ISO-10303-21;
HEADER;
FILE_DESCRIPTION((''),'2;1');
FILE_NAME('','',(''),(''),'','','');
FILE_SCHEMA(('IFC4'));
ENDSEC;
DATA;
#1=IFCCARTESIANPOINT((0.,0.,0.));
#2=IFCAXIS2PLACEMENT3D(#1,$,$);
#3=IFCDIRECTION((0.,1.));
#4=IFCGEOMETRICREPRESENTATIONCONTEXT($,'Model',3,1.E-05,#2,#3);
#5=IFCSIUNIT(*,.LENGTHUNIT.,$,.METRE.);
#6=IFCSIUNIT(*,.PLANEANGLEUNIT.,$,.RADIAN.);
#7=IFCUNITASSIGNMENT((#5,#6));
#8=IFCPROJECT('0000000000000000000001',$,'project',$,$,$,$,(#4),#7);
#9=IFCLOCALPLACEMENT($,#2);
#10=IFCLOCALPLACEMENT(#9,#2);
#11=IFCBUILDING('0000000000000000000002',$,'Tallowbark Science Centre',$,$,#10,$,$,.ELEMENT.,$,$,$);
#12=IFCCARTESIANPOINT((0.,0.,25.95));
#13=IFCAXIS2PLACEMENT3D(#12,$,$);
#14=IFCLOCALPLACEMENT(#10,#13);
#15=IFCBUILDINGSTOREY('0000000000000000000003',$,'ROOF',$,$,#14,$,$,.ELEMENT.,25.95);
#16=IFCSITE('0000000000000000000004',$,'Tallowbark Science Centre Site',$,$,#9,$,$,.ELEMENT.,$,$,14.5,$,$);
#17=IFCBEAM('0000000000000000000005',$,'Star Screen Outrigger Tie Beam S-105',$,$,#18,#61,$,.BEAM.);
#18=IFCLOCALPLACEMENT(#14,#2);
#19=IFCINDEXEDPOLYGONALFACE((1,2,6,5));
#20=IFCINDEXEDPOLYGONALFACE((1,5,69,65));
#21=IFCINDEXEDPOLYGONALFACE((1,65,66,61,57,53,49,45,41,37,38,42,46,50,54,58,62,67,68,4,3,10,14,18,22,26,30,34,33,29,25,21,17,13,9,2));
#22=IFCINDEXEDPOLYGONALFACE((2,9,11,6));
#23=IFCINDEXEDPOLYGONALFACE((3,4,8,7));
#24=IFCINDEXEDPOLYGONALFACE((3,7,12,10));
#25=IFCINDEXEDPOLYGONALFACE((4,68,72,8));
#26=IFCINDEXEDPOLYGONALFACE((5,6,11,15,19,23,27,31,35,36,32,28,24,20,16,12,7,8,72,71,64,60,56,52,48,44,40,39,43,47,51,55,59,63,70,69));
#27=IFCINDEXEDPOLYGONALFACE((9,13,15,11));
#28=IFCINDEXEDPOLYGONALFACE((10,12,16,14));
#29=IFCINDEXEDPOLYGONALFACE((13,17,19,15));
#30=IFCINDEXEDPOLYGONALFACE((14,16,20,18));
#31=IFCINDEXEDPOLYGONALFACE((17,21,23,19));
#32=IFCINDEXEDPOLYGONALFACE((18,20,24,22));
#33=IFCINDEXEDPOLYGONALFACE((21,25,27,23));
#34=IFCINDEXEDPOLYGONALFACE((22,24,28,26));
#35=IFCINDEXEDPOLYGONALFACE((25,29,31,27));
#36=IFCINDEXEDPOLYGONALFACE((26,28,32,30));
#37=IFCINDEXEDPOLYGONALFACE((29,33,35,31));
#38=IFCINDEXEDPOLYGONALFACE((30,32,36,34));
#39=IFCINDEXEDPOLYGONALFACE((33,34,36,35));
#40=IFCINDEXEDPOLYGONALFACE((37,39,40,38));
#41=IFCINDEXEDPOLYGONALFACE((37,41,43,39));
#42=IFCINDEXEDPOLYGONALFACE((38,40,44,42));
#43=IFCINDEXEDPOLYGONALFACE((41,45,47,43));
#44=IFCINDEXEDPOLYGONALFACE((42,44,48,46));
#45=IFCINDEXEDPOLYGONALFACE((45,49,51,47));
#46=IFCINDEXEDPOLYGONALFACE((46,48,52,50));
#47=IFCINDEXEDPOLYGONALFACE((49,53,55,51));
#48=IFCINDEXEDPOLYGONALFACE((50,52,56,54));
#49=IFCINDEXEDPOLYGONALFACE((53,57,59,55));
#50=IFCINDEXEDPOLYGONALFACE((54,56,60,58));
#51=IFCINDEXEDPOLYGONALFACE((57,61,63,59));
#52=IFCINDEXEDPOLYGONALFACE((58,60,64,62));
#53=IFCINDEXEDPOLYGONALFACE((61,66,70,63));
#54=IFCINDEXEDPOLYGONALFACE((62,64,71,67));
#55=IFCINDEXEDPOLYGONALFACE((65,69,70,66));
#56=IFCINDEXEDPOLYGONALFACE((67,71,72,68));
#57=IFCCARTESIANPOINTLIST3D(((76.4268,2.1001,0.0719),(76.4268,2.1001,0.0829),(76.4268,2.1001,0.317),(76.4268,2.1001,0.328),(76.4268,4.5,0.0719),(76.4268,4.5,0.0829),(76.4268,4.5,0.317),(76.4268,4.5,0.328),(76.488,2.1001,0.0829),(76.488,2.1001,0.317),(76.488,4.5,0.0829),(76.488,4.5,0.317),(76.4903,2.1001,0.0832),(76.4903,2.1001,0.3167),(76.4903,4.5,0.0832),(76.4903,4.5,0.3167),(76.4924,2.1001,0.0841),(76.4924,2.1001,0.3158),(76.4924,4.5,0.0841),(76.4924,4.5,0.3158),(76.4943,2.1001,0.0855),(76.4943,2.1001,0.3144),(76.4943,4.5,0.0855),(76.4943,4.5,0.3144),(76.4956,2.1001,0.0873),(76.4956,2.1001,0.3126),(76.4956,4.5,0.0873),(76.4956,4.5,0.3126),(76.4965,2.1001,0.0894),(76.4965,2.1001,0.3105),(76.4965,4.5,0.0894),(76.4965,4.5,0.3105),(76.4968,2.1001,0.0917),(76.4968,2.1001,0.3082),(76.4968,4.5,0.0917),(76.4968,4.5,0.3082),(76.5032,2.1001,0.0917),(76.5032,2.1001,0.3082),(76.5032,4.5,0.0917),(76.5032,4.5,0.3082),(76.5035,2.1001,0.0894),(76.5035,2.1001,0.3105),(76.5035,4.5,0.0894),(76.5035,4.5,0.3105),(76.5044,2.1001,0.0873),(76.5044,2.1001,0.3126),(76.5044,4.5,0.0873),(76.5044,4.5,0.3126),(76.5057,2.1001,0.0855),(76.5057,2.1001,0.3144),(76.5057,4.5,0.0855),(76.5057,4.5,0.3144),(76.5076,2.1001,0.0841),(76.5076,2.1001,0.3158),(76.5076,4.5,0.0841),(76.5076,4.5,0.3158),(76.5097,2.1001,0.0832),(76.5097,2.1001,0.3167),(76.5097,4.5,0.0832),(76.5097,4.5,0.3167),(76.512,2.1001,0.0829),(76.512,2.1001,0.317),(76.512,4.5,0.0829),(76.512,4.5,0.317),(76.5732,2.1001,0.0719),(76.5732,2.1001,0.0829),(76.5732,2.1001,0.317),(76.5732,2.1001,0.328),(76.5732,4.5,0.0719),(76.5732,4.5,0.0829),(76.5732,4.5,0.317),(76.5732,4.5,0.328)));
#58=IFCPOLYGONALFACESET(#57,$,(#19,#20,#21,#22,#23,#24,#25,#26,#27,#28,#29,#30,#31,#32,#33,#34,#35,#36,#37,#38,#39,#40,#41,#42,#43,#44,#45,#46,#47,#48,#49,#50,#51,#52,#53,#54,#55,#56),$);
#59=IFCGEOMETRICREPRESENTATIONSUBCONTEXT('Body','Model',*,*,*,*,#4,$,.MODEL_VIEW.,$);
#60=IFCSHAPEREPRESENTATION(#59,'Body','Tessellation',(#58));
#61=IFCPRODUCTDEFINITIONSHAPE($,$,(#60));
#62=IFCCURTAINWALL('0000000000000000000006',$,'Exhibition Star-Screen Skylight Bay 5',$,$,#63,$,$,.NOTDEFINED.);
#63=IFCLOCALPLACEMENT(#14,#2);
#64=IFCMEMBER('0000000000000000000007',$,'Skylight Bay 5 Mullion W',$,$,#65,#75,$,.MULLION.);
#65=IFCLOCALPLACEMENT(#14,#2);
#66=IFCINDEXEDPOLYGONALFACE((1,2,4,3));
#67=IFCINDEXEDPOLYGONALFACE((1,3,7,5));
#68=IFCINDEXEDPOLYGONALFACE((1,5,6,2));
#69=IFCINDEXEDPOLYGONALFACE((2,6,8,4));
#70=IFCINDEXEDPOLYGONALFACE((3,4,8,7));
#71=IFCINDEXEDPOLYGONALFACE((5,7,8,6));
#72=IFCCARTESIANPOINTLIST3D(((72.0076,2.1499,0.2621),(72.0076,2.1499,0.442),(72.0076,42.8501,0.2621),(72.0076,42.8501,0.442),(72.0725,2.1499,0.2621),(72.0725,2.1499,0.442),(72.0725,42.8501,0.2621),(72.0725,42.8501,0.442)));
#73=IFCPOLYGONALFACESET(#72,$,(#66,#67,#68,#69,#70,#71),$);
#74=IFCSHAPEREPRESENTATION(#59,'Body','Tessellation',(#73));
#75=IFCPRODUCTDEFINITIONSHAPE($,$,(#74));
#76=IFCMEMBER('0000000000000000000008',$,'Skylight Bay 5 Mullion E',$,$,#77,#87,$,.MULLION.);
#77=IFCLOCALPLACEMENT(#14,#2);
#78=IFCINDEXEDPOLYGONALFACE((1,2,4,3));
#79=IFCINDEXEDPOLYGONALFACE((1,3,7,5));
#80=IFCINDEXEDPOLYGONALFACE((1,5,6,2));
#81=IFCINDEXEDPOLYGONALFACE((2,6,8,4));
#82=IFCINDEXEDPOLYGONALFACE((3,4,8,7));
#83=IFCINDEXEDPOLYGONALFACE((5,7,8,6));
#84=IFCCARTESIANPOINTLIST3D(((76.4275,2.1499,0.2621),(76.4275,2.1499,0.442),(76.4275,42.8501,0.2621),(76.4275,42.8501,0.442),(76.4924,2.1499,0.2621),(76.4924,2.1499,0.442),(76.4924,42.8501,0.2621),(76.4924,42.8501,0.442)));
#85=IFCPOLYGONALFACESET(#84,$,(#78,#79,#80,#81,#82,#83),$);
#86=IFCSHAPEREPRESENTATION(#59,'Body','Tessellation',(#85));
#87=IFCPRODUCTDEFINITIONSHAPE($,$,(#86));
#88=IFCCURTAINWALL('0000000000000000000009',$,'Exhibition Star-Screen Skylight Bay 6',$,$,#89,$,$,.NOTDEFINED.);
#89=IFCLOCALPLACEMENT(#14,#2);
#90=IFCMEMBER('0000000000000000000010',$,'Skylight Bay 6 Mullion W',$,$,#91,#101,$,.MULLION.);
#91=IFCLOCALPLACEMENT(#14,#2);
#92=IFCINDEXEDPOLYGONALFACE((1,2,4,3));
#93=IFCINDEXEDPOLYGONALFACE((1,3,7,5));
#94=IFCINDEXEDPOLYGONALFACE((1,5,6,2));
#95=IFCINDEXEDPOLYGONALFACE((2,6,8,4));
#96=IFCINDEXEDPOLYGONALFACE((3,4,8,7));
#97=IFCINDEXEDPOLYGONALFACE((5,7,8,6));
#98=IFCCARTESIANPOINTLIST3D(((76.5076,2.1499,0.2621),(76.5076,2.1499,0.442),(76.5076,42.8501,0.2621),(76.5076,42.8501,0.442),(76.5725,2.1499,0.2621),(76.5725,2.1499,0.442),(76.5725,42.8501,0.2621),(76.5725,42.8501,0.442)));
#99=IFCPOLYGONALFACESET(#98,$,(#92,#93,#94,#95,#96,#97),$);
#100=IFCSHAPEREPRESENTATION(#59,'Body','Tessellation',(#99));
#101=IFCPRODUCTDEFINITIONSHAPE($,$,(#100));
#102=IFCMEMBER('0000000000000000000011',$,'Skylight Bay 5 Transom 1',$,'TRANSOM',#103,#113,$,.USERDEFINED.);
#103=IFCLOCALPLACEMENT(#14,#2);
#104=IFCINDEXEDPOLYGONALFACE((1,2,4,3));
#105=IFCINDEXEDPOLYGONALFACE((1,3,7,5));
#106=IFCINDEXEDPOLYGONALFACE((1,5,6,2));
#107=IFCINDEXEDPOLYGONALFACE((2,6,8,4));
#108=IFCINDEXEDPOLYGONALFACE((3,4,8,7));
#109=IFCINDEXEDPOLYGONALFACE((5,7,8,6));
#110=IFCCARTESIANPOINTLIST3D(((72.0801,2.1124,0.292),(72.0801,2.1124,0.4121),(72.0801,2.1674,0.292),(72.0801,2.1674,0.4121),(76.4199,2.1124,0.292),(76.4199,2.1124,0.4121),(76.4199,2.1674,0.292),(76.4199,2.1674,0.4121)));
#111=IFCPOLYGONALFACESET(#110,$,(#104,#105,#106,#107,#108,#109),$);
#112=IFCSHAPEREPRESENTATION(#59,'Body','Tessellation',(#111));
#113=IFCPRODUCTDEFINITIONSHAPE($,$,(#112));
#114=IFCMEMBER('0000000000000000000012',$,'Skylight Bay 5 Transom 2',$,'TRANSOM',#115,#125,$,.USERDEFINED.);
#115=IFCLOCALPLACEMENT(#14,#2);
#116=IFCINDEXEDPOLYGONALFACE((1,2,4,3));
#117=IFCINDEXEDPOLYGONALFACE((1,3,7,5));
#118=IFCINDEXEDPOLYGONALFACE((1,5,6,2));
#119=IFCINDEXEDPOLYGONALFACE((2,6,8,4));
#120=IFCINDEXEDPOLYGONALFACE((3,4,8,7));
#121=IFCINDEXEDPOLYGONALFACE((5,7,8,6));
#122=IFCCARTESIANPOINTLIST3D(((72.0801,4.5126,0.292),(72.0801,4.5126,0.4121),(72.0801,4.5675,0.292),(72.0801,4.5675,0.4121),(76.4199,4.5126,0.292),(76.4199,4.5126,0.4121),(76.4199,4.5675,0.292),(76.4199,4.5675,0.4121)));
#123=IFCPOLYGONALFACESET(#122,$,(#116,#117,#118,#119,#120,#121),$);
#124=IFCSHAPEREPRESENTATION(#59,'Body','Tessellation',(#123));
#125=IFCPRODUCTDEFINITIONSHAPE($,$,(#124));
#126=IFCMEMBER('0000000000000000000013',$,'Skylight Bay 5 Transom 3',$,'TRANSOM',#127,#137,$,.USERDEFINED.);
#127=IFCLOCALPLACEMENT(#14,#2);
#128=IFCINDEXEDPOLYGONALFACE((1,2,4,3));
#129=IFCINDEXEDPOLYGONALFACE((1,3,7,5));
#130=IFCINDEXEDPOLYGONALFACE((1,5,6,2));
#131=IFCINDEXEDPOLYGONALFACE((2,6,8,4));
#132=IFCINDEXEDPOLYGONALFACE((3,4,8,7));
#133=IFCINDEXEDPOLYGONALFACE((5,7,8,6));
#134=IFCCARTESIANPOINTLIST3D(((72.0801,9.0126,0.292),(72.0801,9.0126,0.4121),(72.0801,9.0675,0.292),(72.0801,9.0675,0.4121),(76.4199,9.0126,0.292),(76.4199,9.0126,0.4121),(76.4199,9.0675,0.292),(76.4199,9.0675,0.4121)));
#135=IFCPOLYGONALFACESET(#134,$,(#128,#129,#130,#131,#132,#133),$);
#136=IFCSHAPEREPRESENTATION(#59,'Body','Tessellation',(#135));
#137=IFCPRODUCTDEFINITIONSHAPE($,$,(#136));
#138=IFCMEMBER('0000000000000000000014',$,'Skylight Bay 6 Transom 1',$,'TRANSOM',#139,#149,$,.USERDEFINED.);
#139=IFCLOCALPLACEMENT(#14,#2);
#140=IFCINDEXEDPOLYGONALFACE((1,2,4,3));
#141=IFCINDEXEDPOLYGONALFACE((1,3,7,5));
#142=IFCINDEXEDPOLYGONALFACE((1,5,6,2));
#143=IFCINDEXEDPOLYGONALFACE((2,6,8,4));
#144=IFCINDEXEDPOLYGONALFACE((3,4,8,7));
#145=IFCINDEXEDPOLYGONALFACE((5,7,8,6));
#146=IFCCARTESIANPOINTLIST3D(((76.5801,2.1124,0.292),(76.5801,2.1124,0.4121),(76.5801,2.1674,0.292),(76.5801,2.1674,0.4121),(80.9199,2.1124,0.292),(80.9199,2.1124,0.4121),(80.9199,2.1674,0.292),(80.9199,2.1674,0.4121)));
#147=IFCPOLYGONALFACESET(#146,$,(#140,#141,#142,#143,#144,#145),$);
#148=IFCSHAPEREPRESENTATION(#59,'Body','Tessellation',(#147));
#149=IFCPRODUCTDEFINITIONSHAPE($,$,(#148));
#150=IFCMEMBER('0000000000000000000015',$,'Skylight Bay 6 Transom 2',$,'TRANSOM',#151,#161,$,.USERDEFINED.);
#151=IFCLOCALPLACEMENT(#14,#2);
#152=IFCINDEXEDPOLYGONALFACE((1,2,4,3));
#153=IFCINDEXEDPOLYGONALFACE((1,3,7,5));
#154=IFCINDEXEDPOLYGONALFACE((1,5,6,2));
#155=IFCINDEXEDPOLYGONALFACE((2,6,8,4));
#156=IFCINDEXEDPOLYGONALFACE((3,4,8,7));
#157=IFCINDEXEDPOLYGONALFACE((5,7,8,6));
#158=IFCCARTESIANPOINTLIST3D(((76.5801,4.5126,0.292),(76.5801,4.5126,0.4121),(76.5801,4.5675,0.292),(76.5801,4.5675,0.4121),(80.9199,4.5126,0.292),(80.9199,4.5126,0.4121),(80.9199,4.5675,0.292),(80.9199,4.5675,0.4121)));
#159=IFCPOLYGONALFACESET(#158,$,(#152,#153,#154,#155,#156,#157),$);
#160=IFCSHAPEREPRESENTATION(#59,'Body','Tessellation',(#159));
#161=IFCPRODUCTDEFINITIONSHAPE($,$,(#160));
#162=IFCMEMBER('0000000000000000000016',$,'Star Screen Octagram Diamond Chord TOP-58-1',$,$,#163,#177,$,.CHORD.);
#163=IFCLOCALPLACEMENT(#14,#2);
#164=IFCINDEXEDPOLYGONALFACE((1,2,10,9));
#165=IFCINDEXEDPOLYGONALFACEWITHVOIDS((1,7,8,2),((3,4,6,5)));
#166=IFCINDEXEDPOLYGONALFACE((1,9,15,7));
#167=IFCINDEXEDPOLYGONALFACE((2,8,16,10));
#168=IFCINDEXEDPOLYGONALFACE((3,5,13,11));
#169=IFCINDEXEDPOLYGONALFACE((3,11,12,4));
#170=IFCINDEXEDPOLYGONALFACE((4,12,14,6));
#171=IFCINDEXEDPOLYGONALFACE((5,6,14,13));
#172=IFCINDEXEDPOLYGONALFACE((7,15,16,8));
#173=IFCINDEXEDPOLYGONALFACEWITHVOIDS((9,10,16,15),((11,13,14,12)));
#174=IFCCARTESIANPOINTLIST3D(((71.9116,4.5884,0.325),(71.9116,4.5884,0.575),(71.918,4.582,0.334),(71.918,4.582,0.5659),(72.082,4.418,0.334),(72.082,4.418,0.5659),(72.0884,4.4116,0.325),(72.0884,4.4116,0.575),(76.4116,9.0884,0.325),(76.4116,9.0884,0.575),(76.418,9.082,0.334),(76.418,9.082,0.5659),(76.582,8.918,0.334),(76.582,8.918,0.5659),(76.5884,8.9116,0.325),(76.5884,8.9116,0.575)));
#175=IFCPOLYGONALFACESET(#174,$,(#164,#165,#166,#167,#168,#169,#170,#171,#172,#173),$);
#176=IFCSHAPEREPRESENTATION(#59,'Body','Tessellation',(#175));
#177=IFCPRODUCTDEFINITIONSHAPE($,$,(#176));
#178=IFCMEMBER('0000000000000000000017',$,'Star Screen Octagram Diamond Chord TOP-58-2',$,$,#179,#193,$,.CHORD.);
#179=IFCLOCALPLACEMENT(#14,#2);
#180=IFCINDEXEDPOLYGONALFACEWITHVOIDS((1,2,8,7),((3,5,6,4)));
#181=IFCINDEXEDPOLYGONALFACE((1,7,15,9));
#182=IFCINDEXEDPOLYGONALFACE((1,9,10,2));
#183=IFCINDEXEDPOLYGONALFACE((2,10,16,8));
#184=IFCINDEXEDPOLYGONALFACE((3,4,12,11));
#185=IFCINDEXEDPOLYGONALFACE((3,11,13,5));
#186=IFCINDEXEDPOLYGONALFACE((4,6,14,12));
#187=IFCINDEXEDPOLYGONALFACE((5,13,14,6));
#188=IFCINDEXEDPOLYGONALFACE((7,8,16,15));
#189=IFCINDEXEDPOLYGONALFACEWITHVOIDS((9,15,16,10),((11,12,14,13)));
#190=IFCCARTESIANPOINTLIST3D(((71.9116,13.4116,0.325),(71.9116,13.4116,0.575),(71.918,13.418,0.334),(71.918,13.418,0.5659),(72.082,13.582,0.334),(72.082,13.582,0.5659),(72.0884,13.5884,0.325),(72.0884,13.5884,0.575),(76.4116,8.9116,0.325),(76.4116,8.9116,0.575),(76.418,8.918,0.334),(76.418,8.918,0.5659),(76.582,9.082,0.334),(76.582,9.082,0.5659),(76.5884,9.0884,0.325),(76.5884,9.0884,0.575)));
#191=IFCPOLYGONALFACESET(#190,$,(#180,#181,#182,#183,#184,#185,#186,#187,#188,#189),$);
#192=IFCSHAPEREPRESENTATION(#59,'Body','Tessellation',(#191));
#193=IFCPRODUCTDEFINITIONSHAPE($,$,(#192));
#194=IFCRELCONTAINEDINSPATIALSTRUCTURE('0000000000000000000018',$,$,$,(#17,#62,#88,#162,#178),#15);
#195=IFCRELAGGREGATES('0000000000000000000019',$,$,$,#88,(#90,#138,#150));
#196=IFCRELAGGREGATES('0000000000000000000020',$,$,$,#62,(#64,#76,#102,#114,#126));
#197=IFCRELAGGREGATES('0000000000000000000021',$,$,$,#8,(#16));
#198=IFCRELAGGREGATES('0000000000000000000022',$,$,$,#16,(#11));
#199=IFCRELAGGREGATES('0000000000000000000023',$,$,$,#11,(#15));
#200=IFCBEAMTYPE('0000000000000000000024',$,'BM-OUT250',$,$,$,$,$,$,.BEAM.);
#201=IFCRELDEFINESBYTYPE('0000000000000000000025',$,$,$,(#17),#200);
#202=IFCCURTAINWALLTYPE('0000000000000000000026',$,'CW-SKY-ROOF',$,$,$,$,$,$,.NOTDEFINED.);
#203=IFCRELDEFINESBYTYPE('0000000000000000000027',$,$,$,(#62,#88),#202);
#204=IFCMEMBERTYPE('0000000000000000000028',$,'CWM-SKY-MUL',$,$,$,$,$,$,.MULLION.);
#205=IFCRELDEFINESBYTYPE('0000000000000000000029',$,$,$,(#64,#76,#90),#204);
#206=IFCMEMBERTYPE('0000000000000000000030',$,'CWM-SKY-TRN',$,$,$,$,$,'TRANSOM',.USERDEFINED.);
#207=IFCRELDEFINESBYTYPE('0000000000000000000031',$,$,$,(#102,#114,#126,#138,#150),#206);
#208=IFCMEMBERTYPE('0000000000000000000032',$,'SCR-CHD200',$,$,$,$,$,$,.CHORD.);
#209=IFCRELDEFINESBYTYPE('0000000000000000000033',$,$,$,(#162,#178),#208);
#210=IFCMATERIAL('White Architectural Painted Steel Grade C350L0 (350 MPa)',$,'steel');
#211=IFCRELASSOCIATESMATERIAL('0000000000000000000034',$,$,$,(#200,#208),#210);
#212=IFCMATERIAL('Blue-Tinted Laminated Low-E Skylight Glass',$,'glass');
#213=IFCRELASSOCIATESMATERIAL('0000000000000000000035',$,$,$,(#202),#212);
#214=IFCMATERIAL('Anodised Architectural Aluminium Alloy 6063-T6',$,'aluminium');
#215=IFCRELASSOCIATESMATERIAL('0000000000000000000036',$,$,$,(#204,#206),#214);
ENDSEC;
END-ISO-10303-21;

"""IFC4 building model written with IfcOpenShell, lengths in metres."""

from ifc_helpers import new_model, si_unit, direction, frame, origin, origin_2d, place, context, subcontext, project, spatial, rectangle, hollow_rectangle, i_section, extrude, material, material_profile, profile_set, type_object, element, aggregate, save


model = new_model("IFC4")

# Units and contexts
model_context = context("Model", 3, precision=1e-05, world=origin(), true_north=direction((0.0, 1.0)))
body_context = subcontext(model_context, "Body", "Model", "MODEL_VIEW")
ifc_project = project(units=[si_unit("LENGTHUNIT", "METRE"), si_unit("PLANEANGLEUNIT", "RADIAN")], contexts=[model_context])

# Site, building, storey
site_placement = place(None, origin())
site = spatial("IfcSite", under=ifc_project, at=site_placement, Name="Tallowbark Science Centre Site", CompositionType="ELEMENT", RefElevation=14.5)
building_placement = place(site_placement, origin())
building = spatial("IfcBuilding", under=site, at=building_placement, Name="Tallowbark Science Centre", CompositionType="ELEMENT")
storey_placement = place(building_placement, frame((0.0, 0.0, 25.95)))
storey = spatial("IfcBuildingStorey", under=building, at=storey_placement, Name="ROOF", CompositionType="ELEMENT", Elevation=25.95)

# Beam
ifc_material_1 = material(Name="White Architectural Painted Steel Grade C350L0 (350 MPa)", Category="steel")
ifc_material_profile_1 = material_profile(ifc_material_1, i_section(OverallWidth=0.1465, OverallDepth=0.2561, WebThickness=0.0063, FlangeThickness=0.011, FilletRadius=0.0088, at=origin_2d()), Name="250UB37.3")
ifc_profile_set_1 = profile_set([ifc_material_profile_1], Name="White Architectural Painted Steel Grade C350L0 (350 MPa)")
beam_type = type_object("IfcBeamType", Name="BM-OUT250", PredefinedType="BEAM", material=ifc_profile_set_1)
beam_placement = place(storey_placement, frame((76.5, 4.5, 0.2), z_axis=(0.0, -1.0, 0.0), x_axis=(1.0, 0.0, 0.0)))
element("IfcBeam", 1, at=beam_placement, inside=storey, type_object=beam_type, Name="Star Screen Outrigger Tie Beam S-105", PredefinedType="BEAM", context=body_context, shape_type="SweptSolid", body=[
    extrude(i_section(OverallWidth=0.1465, OverallDepth=0.2561, WebThickness=0.0063, FlangeThickness=0.011, FilletRadius=0.0088, at=origin_2d()), origin(), (0.0, 0.0, 1.0), 2.3999),
])

# Curtain wall, members
ifc_material_2 = material(Name="Blue-Tinted Laminated Low-E Skylight Glass", Category="glass")
curtain_wall_type = type_object("IfcCurtainWallType", Name="CW-SKY-ROOF", PredefinedType="NOTDEFINED", material=ifc_material_2)
curtain_wall_1_placement = place(storey_placement, origin())
curtain_wall_1 = element("IfcCurtainWall", 2, at=curtain_wall_1_placement, inside=storey, type_object=curtain_wall_type, Name="Exhibition Star-Screen Skylight Bay 5", PredefinedType="NOTDEFINED")
ifc_material_3 = material(Name="Anodised Architectural Aluminium Alloy 6063-T6", Category="aluminium")
ifc_material_profile_2 = material_profile(ifc_material_3, rectangle(XDim=0.0649, YDim=0.1799, at=origin_2d()), Name="ALU65x180")
ifc_profile_set_2 = profile_set([ifc_material_profile_2], Name="Anodised Architectural Aluminium Alloy 6063-T6")
member_type_1 = type_object("IfcMemberType", Name="CWM-SKY-MUL", PredefinedType="MULLION", material=ifc_profile_set_2)
member_1_placement = place(storey_placement, frame((72.04, 2.1499, 0.3521), z_axis=(0.0, 1.0, 0.0), x_axis=(-1.0, 0.0, 0.0)))
member_1 = element("IfcMember", 3, at=member_1_placement, type_object=member_type_1, Name="Skylight Bay 5 Mullion W", PredefinedType="MULLION", context=body_context, shape_type="SweptSolid", body=[
    extrude(rectangle(XDim=0.0649, YDim=0.1799, at=origin_2d()), origin(), (0.0, 0.0, 1.0), 40.7002),
])
member_2_placement = place(storey_placement, frame((76.46, 2.1499, 0.3521), z_axis=(0.0, 1.0, 0.0), x_axis=(-1.0, 0.0, 0.0)))
member_2 = element("IfcMember", 4, at=member_2_placement, type_object=member_type_1, Name="Skylight Bay 5 Mullion E", PredefinedType="MULLION", context=body_context, shape_type="SweptSolid", body=[
    extrude(rectangle(XDim=0.0649, YDim=0.1799, at=origin_2d()), origin(), (0.0, 0.0, 1.0), 40.7002),
])

# Curtain wall, member
curtain_wall_2_placement = place(storey_placement, origin())
curtain_wall_2 = element("IfcCurtainWall", 5, at=curtain_wall_2_placement, inside=storey, type_object=curtain_wall_type, Name="Exhibition Star-Screen Skylight Bay 6", PredefinedType="NOTDEFINED")
member_3_placement = place(storey_placement, frame((76.54, 2.1499, 0.3521), z_axis=(0.0, 1.0, 0.0), x_axis=(-1.0, 0.0, 0.0)))
member_3 = element("IfcMember", 6, at=member_3_placement, type_object=member_type_1, Name="Skylight Bay 6 Mullion W", PredefinedType="MULLION", context=body_context, shape_type="SweptSolid", body=[
    extrude(rectangle(XDim=0.0649, YDim=0.1799, at=origin_2d()), origin(), (0.0, 0.0, 1.0), 40.7002),
])

# Members
ifc_material_profile_3 = material_profile(ifc_material_3, rectangle(XDim=0.0549, YDim=0.1201, at=origin_2d()), Name="ALU55x120")
ifc_profile_set_3 = profile_set([ifc_material_profile_3], Name="Anodised Architectural Aluminium Alloy 6063-T6")
member_type_2 = type_object("IfcMemberType", Name="CWM-SKY-TRN", ElementType="TRANSOM", PredefinedType="USERDEFINED", material=ifc_profile_set_3)
member_4_placement = place(storey_placement, frame((72.0801, 2.1399, 0.3521), z_axis=(1.0, 0.0, 0.0), x_axis=(0.0, 1.0, 0.0)))
member_4 = element("IfcMember", 7, at=member_4_placement, type_object=member_type_2, Name="Skylight Bay 5 Transom 1", ObjectType="TRANSOM", PredefinedType="USERDEFINED", context=body_context, shape_type="SweptSolid", body=[
    extrude(rectangle(XDim=0.0549, YDim=0.1201, at=origin_2d()), origin(), (0.0, 0.0, 1.0), 4.3398),
])
member_5_placement = place(storey_placement, frame((72.0801, 4.54, 0.3521), z_axis=(1.0, 0.0, 0.0), x_axis=(0.0, 1.0, 0.0)))
member_5 = element("IfcMember", 8, at=member_5_placement, type_object=member_type_2, Name="Skylight Bay 5 Transom 2", ObjectType="TRANSOM", PredefinedType="USERDEFINED", context=body_context, shape_type="SweptSolid", body=[
    extrude(rectangle(XDim=0.0549, YDim=0.1201, at=origin_2d()), origin(), (0.0, 0.0, 1.0), 4.3398),
])
member_6_placement = place(storey_placement, frame((72.0801, 9.04, 0.3521), z_axis=(1.0, 0.0, 0.0), x_axis=(0.0, 1.0, 0.0)))
member_6 = element("IfcMember", 9, at=member_6_placement, type_object=member_type_2, Name="Skylight Bay 5 Transom 3", ObjectType="TRANSOM", PredefinedType="USERDEFINED", context=body_context, shape_type="SweptSolid", body=[
    extrude(rectangle(XDim=0.0549, YDim=0.1201, at=origin_2d()), origin(), (0.0, 0.0, 1.0), 4.3398),
])
member_7_placement = place(storey_placement, frame((76.5801, 2.1399, 0.3521), z_axis=(1.0, 0.0, 0.0), x_axis=(0.0, 1.0, 0.0)))
member_7 = element("IfcMember", 10, at=member_7_placement, type_object=member_type_2, Name="Skylight Bay 6 Transom 1", ObjectType="TRANSOM", PredefinedType="USERDEFINED", context=body_context, shape_type="SweptSolid", body=[
    extrude(rectangle(XDim=0.0549, YDim=0.1201, at=origin_2d()), origin(), (0.0, 0.0, 1.0), 4.3398),
])
member_8_placement = place(storey_placement, frame((76.5801, 4.54, 0.3521), z_axis=(1.0, 0.0, 0.0), x_axis=(0.0, 1.0, 0.0)))
member_8 = element("IfcMember", 11, at=member_8_placement, type_object=member_type_2, Name="Skylight Bay 6 Transom 2", ObjectType="TRANSOM", PredefinedType="USERDEFINED", context=body_context, shape_type="SweptSolid", body=[
    extrude(rectangle(XDim=0.0549, YDim=0.1201, at=origin_2d()), origin(), (0.0, 0.0, 1.0), 4.3398),
])
aggregate(curtain_wall_2, [member_3, member_7, member_8])

# Members
ifc_material_profile_4 = material_profile(ifc_material_1, hollow_rectangle(XDim=0.25, YDim=0.25, WallThickness=0.009, at=origin_2d()), Name="250x250x9.0SHS")
ifc_profile_set_4 = profile_set([ifc_material_profile_4], Name="White Architectural Painted Steel Grade C350L0 (350 MPa)")
member_type_3 = type_object("IfcMemberType", Name="SCR-CHD200", PredefinedType="CHORD", material=ifc_profile_set_4)
for number, where, z_axis, x_axis, name in (
    (12, (72.0, 4.5, 0.45), (0.707107, 0.707107, 0.0), (-0.707107, 0.707107, 0.0), "Star Screen Octagram Diamond Chord TOP-58-1"),
    (13, (76.5, 9.0, 0.45), (-0.707107, 0.707107, 0.0), (-0.707107, -0.707107, 0.0), "Star Screen Octagram Diamond Chord TOP-58-2"),
):
    element("IfcMember", number, at=place(storey_placement, frame(where, z_axis=z_axis, x_axis=x_axis)), inside=storey, type_object=member_type_3, Name=name, PredefinedType="CHORD", context=body_context, shape_type="SweptSolid", body=[
        extrude(hollow_rectangle(XDim=0.25, YDim=0.25, WallThickness=0.009, at=origin_2d()), origin(), (0.0, 0.0, 1.0), 6.364),
    ])

aggregate(curtain_wall_1, [member_1, member_2, member_4, member_5, member_6])

save(model, "model.ifc")
